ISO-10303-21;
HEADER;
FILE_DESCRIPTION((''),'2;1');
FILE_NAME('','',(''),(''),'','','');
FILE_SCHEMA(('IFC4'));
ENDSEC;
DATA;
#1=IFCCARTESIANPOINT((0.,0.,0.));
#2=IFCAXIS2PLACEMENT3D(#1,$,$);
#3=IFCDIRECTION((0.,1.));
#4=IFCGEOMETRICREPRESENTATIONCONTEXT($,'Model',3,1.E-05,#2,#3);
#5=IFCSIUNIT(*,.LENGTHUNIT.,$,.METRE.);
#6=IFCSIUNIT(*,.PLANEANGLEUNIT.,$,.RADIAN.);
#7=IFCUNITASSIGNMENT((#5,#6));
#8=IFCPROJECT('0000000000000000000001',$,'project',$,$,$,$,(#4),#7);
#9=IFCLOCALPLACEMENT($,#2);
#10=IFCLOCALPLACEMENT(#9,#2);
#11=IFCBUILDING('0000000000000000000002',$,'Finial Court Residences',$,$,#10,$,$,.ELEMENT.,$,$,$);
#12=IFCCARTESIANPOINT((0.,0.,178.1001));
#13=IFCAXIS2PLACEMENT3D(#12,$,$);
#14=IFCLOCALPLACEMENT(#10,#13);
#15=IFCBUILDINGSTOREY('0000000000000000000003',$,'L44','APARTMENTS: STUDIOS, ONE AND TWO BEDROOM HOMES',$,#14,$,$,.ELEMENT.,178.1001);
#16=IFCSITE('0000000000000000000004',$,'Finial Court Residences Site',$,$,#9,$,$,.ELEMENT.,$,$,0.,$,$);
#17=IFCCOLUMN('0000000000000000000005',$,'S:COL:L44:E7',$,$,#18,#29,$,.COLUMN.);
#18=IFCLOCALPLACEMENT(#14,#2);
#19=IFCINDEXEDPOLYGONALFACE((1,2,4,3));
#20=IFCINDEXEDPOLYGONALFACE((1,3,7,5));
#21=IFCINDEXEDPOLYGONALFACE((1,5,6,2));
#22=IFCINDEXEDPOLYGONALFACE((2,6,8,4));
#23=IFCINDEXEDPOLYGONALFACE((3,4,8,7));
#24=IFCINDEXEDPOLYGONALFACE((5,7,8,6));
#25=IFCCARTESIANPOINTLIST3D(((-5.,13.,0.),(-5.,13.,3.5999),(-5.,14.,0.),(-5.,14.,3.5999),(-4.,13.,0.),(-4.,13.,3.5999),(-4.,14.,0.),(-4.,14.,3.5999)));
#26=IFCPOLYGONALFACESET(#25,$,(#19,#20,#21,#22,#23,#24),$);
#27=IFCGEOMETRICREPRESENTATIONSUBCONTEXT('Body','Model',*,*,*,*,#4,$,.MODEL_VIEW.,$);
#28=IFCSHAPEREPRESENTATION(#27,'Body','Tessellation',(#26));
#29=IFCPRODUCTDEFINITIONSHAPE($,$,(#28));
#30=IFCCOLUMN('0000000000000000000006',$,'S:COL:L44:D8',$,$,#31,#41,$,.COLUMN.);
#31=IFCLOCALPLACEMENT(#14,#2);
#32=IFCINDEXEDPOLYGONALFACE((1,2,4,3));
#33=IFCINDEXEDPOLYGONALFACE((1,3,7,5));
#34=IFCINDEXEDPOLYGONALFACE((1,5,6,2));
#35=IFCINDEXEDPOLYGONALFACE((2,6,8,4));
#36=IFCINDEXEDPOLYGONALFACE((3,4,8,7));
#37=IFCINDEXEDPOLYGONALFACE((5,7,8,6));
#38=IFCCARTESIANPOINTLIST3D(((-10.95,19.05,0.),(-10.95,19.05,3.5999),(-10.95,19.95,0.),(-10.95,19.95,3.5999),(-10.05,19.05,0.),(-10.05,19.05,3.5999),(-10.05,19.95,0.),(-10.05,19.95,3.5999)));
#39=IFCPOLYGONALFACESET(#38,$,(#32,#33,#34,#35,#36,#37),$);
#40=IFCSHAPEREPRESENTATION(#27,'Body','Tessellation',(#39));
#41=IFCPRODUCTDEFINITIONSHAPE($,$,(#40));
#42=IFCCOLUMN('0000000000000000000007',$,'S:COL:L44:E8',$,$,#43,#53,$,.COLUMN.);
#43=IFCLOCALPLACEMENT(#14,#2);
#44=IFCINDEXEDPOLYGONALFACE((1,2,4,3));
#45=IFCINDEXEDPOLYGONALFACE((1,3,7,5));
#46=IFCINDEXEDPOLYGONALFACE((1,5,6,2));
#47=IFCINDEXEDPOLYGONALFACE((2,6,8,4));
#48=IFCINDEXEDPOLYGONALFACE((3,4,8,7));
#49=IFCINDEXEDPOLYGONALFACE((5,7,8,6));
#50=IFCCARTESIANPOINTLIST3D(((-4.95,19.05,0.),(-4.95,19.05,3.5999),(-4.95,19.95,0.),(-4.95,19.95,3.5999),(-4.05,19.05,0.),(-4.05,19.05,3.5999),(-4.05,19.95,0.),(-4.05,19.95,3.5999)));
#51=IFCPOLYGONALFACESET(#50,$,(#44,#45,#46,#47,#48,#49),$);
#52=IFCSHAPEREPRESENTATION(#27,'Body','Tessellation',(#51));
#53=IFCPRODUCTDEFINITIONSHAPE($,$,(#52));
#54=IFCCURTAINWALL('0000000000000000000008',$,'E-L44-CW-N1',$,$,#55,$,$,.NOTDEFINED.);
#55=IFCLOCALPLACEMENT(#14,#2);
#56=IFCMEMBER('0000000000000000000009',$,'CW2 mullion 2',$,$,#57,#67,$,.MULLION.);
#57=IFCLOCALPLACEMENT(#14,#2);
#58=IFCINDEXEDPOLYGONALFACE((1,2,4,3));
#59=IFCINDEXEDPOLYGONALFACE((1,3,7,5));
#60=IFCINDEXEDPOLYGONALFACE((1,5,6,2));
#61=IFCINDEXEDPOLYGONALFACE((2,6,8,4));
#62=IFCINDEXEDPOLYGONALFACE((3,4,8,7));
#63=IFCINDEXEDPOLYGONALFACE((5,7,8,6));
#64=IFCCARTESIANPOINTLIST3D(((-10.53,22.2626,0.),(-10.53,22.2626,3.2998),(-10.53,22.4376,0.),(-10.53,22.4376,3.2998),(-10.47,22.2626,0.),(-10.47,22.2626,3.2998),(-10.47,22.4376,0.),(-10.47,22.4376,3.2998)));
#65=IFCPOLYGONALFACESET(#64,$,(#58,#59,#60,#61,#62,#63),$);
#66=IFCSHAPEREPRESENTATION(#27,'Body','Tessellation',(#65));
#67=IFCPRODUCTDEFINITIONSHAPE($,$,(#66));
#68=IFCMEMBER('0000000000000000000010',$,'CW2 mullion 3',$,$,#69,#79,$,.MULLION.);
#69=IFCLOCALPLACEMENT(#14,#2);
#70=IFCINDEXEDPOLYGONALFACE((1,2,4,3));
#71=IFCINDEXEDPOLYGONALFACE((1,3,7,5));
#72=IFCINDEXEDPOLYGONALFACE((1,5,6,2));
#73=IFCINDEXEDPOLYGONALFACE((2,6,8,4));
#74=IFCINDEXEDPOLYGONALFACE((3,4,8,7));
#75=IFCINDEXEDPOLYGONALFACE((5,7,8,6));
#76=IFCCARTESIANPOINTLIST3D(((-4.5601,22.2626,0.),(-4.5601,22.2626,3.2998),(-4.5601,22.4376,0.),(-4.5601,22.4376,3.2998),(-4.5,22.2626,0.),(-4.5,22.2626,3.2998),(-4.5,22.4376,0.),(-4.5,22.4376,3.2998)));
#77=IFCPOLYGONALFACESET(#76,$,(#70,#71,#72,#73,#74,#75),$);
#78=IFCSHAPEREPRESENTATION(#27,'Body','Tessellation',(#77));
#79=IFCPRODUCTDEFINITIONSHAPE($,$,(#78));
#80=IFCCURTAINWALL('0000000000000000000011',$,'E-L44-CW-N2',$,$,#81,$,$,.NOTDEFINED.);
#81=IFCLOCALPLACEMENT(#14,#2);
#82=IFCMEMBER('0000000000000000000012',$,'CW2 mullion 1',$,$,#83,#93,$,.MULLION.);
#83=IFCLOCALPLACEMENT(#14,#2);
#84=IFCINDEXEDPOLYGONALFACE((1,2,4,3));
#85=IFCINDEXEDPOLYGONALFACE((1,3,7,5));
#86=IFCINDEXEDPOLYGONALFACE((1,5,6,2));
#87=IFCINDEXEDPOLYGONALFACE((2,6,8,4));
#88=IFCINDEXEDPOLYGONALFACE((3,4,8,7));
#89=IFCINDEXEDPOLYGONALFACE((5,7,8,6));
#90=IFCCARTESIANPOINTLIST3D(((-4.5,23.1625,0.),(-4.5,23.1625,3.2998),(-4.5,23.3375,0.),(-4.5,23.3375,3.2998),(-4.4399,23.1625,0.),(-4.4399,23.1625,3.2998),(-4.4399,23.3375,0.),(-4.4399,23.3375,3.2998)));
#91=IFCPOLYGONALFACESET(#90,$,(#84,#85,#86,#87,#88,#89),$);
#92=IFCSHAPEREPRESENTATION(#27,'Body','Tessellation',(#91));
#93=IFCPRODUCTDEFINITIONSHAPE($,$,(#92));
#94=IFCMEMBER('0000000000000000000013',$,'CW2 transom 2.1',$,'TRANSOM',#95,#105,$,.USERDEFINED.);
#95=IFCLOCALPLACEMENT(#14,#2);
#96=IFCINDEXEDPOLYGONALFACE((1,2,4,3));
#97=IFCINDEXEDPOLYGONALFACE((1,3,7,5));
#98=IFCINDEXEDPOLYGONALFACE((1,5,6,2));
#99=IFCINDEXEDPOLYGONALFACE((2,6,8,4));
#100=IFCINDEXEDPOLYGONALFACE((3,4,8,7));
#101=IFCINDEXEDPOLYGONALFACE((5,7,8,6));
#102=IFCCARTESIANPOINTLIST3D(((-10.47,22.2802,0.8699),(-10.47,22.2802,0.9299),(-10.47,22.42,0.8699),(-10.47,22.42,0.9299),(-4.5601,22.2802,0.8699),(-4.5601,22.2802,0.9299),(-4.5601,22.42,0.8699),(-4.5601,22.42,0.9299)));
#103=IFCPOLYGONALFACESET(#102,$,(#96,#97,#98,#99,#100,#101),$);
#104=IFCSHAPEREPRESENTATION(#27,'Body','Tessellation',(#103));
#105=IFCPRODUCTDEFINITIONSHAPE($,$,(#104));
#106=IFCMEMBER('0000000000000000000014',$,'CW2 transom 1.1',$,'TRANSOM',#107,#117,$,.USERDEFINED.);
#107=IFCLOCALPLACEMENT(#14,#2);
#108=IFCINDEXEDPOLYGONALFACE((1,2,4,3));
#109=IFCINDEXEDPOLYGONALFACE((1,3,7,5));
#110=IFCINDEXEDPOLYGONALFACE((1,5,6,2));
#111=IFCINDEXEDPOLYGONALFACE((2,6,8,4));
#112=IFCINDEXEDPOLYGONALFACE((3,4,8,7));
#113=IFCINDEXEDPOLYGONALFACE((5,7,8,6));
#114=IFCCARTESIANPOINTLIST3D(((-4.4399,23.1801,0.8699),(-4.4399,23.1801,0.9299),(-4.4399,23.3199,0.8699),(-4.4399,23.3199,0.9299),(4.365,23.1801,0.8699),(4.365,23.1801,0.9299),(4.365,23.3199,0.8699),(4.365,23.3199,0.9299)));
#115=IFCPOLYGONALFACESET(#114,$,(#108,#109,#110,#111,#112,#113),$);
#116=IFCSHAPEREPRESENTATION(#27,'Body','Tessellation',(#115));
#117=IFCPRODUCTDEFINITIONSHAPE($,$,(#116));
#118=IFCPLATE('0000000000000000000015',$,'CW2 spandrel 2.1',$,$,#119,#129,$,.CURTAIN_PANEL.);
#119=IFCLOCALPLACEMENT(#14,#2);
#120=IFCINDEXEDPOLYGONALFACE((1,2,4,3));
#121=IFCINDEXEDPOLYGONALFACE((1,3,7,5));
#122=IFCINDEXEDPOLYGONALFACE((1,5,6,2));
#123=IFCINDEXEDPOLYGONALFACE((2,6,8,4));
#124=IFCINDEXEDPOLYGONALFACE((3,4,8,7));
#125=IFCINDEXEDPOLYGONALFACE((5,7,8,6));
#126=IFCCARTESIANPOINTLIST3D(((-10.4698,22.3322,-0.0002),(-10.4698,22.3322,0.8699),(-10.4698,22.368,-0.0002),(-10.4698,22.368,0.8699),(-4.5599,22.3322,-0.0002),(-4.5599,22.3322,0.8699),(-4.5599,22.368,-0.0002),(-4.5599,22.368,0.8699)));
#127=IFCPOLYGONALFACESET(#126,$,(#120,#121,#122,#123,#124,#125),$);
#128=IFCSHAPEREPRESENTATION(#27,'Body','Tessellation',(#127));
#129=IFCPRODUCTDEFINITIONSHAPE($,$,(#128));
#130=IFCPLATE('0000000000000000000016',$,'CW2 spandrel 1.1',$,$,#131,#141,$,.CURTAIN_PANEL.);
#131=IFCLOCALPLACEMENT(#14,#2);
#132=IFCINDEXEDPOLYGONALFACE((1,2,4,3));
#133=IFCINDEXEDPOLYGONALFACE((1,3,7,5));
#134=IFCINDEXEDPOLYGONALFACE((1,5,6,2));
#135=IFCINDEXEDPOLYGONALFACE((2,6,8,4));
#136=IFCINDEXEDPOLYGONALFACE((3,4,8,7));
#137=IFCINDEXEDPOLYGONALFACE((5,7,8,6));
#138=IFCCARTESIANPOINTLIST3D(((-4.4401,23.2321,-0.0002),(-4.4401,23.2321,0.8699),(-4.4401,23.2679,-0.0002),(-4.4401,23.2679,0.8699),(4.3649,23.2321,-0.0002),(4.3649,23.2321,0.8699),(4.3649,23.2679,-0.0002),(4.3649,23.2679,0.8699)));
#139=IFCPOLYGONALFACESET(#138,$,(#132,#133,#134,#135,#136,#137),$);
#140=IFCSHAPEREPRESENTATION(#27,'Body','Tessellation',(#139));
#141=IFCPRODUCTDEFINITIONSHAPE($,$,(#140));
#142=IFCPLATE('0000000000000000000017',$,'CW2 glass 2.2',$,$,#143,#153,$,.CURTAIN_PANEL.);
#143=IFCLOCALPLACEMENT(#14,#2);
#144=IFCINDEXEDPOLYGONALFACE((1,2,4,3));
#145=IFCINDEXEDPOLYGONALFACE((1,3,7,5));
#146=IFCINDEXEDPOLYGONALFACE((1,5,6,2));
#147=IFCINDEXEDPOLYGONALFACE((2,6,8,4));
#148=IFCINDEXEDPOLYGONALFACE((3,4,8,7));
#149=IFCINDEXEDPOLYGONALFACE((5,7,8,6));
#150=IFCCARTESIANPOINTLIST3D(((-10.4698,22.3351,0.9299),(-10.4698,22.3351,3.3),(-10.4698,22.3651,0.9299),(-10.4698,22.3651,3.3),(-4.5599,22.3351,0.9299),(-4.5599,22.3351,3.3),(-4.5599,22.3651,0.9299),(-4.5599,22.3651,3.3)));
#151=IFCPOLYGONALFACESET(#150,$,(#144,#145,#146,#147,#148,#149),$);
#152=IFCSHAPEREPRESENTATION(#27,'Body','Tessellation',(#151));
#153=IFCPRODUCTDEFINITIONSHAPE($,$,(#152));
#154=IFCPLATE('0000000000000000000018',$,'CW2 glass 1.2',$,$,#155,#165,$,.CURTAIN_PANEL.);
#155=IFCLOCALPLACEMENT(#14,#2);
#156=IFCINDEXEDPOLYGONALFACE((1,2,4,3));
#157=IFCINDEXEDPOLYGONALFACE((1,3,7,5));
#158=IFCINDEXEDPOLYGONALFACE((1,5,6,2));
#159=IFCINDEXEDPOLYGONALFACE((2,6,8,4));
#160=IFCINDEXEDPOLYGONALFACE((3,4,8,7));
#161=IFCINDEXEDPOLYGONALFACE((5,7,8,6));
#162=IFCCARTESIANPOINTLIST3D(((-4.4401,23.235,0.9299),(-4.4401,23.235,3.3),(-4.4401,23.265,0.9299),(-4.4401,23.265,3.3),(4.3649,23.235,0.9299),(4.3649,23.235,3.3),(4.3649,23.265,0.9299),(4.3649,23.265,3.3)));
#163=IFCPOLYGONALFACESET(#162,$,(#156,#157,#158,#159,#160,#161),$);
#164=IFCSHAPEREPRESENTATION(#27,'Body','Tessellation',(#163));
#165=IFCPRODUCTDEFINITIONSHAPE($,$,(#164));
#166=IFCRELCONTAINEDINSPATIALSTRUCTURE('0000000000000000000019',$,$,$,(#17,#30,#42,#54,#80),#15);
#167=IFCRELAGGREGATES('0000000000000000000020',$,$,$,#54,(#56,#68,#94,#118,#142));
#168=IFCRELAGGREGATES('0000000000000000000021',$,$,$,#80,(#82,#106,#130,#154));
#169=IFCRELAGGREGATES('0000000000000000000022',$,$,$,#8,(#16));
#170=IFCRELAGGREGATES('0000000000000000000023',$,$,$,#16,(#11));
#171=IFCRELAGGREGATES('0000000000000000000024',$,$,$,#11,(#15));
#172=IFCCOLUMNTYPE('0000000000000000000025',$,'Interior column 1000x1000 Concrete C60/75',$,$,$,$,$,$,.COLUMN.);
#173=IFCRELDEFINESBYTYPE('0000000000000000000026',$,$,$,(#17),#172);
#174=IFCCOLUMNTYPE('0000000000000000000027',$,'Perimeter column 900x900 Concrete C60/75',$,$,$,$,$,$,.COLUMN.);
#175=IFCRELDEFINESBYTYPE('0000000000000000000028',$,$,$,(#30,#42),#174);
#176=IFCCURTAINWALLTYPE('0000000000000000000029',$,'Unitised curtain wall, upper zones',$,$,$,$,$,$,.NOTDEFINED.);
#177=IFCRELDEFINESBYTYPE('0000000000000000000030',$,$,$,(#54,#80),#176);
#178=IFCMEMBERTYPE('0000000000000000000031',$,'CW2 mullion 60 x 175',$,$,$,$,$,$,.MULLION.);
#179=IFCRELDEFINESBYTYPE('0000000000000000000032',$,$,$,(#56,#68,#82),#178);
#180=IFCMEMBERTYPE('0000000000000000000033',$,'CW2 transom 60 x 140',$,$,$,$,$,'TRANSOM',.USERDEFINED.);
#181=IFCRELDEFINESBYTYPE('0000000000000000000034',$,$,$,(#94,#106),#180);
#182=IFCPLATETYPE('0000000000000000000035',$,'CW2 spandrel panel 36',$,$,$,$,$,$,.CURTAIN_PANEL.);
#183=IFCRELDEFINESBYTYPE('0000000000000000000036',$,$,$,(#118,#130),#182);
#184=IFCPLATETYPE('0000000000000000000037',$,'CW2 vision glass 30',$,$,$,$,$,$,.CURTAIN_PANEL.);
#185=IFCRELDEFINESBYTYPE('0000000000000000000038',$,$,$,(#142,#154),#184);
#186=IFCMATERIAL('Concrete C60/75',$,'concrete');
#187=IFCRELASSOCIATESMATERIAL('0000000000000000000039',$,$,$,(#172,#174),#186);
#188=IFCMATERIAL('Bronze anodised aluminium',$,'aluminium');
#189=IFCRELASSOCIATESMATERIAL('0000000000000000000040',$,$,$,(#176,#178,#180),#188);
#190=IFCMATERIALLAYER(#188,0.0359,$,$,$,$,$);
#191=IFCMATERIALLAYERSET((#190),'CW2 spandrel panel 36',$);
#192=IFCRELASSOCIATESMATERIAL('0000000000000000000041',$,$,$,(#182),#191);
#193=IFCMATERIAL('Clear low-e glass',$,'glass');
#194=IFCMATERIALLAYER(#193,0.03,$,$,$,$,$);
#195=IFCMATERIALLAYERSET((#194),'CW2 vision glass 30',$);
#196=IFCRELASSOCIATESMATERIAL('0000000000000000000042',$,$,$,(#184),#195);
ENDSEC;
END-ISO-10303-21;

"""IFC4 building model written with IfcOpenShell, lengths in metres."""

from ifc_helpers import new_model, si_unit, direction, frame, origin, origin_2d, place, context, subcontext, project, spatial, rectangle, extrude, material, layer, layer_set, material_profile, profile_set, type_object, element, aggregate, save


model = new_model("IFC4")

# Units and contexts
model_context = context("Model", 3, precision=1e-05, world=origin(), true_north=direction((0.0, 1.0)))
body_context = subcontext(model_context, "Body", "Model", "MODEL_VIEW")
ifc_project = project(units=[si_unit("LENGTHUNIT", "METRE"), si_unit("PLANEANGLEUNIT", "RADIAN")], contexts=[model_context])

# Site, building, storey
site_placement = place(None, origin())
site = spatial("IfcSite", under=ifc_project, at=site_placement, Name="Finial Court Residences Site", CompositionType="ELEMENT", RefElevation=0.0)
building_placement = place(site_placement, origin())
building = spatial("IfcBuilding", under=site, at=building_placement, Name="Finial Court Residences", CompositionType="ELEMENT")
storey_placement = place(building_placement, frame((0.0, 0.0, 178.1001)))
storey = spatial("IfcBuildingStorey", under=building, at=storey_placement, Name="L44", Description="APARTMENTS: STUDIOS, ONE AND TWO BEDROOM HOMES", CompositionType="ELEMENT", Elevation=178.1001)

# Columns
ifc_material_1 = material(Name="Concrete C60/75", Category="concrete")
ifc_material_profile_1 = material_profile(ifc_material_1, rectangle(XDim=1.0, YDim=1.0, at=origin_2d()), Name="1000x1000")
ifc_profile_set_1 = profile_set([ifc_material_profile_1], Name="Concrete C60/75")
column_type_1 = type_object("IfcColumnType", Name="Interior column 1000x1000 Concrete C60/75", PredefinedType="COLUMN", material=ifc_profile_set_1)
column_placement = place(storey_placement, frame((-4.5, 13.5, 0.0), z_axis=(0.0, 0.0, 1.0), x_axis=(1.0, 0.0, 0.0)))
element("IfcColumn", 1, at=column_placement, inside=storey, type_object=column_type_1, Name="S:COL:L44:E7", PredefinedType="COLUMN", context=body_context, shape_type="SweptSolid", body=[
    extrude(rectangle(XDim=1.0, YDim=1.0, at=origin_2d()), origin(), (0.0, 0.0, 1.0), 3.5999),
])
ifc_material_profile_2 = material_profile(ifc_material_1, rectangle(XDim=0.8999, YDim=0.8999, at=origin_2d()), Name="900x900")
ifc_profile_set_2 = profile_set([ifc_material_profile_2], Name="Concrete C60/75")
column_type_2 = type_object("IfcColumnType", Name="Perimeter column 900x900 Concrete C60/75", PredefinedType="COLUMN", material=ifc_profile_set_2)
for number, where, z_axis, x_axis, name in (
    (2, (-10.5, 19.5, 0.0), (0.0, 0.0, 1.0), (1.0, 0.0, 0.0), "S:COL:L44:D8"),
    (3, (-4.5, 19.5, 0.0), (0.0, 0.0, 1.0), (1.0, 0.0, 0.0), "S:COL:L44:E8"),
):
    element("IfcColumn", number, at=place(storey_placement, frame(where, z_axis=z_axis, x_axis=x_axis)), inside=storey, type_object=column_type_2, Name=name, PredefinedType="COLUMN", context=body_context, shape_type="SweptSolid", body=[
        extrude(rectangle(XDim=0.8999, YDim=0.8999, at=origin_2d()), origin(), (0.0, 0.0, 1.0), 3.5999),
    ])

# Curtain wall, members
ifc_material_2 = material(Name="Bronze anodised aluminium", Category="aluminium")
curtain_wall_type = type_object("IfcCurtainWallType", Name="Unitised curtain wall, upper zones", PredefinedType="NOTDEFINED", material=ifc_material_2)
curtain_wall_1_placement = place(storey_placement, origin())
curtain_wall_1 = element("IfcCurtainWall", 4, at=curtain_wall_1_placement, inside=storey, type_object=curtain_wall_type, Name="E-L44-CW-N1", PredefinedType="NOTDEFINED")
ifc_material_profile_3 = material_profile(ifc_material_2, rectangle(XDim=0.175, YDim=0.0601, at=origin_2d()), Name="CW2 mullion 60 x 175")
ifc_profile_set_3 = profile_set([ifc_material_profile_3], Name="Bronze anodised aluminium")
member_type_1 = type_object("IfcMemberType", Name="CW2 mullion 60 x 175", PredefinedType="MULLION", material=ifc_profile_set_3)
member_1_placement = place(storey_placement, frame((-10.5, 22.3501, 0.0), z_axis=(0.0, 0.0, 1.0), x_axis=(0.0, 1.0, 0.0)))
member_1 = element("IfcMember", 5, at=member_1_placement, type_object=member_type_1, Name="CW2 mullion 2", PredefinedType="MULLION", context=body_context, shape_type="SweptSolid", body=[
    extrude(rectangle(XDim=0.175, YDim=0.0601, at=origin_2d()), origin(), (0.0, 0.0, 1.0), 3.2998),
])
member_2_placement = place(storey_placement, frame((-4.53, 22.3501, 0.0), z_axis=(0.0, 0.0, 1.0), x_axis=(0.0, 1.0, 0.0)))
member_2 = element("IfcMember", 6, at=member_2_placement, type_object=member_type_1, Name="CW2 mullion 3", PredefinedType="MULLION", context=body_context, shape_type="SweptSolid", body=[
    extrude(rectangle(XDim=0.175, YDim=0.0601, at=origin_2d()), origin(), (0.0, 0.0, 1.0), 3.2998),
])

# Curtain wall, member
curtain_wall_2_placement = place(storey_placement, origin())
curtain_wall_2 = element("IfcCurtainWall", 7, at=curtain_wall_2_placement, inside=storey, type_object=curtain_wall_type, Name="E-L44-CW-N2", PredefinedType="NOTDEFINED")
member_3_placement = place(storey_placement, frame((-4.47, 23.25, 0.0), z_axis=(0.0, 0.0, 1.0), x_axis=(0.0, 1.0, 0.0)))
member_3 = element("IfcMember", 8, at=member_3_placement, type_object=member_type_1, Name="CW2 mullion 1", PredefinedType="MULLION", context=body_context, shape_type="SweptSolid", body=[
    extrude(rectangle(XDim=0.175, YDim=0.0601, at=origin_2d()), origin(), (0.0, 0.0, 1.0), 3.2998),
])

# Members
ifc_material_profile_4 = material_profile(ifc_material_2, rectangle(XDim=0.1399, YDim=0.0601, at=origin_2d()), Name="CW2 transom 60 x 140")
ifc_profile_set_4 = profile_set([ifc_material_profile_4], Name="Bronze anodised aluminium")
member_type_2 = type_object("IfcMemberType", Name="CW2 transom 60 x 140", ElementType="TRANSOM", PredefinedType="USERDEFINED", material=ifc_profile_set_4)
member_4_placement = place(storey_placement, frame((-10.47, 22.3501, 0.8999), z_axis=(1.0, 0.0, 0.0), x_axis=(0.0, 1.0, 0.0)))
member_4 = element("IfcMember", 9, at=member_4_placement, type_object=member_type_2, Name="CW2 transom 2.1", ObjectType="TRANSOM", PredefinedType="USERDEFINED", context=body_context, shape_type="SweptSolid", body=[
    extrude(rectangle(XDim=0.1399, YDim=0.0601, at=origin_2d()), origin(), (0.0, 0.0, 1.0), 5.9099),
])
member_5_placement = place(storey_placement, frame((-4.4399, 23.25, 0.8999), z_axis=(1.0, 0.0, 0.0), x_axis=(0.0, 1.0, 0.0)))
member_5 = element("IfcMember", 10, at=member_5_placement, type_object=member_type_2, Name="CW2 transom 1.1", ObjectType="TRANSOM", PredefinedType="USERDEFINED", context=body_context, shape_type="SweptSolid", body=[
    extrude(rectangle(XDim=0.1399, YDim=0.0601, at=origin_2d()), origin(), (0.0, 0.0, 1.0), 8.8049),
])

# Plates
ifc_layer_1 = layer(ifc_material_2, 0.0359)
ifc_layer_set_1 = layer_set([ifc_layer_1], Name="CW2 spandrel panel 36")
plate_type_1 = type_object("IfcPlateType", Name="CW2 spandrel panel 36", PredefinedType="CURTAIN_PANEL", material=ifc_layer_set_1)
plate_1_placement = place(storey_placement, frame((-7.5149, 22.3501, -0.0002), z_axis=(0.0, 0.0, 1.0), x_axis=(1.0, 0.0, 0.0)))
plate_1 = element("IfcPlate", 11, at=plate_1_placement, type_object=plate_type_1, Name="CW2 spandrel 2.1", PredefinedType="CURTAIN_PANEL", context=body_context, shape_type="SweptSolid", body=[
    extrude(rectangle(XDim=5.9099, YDim=0.0359, at=origin_2d()), origin(), (0.0, 0.0, 1.0), 0.8701),
])
plate_2_placement = place(storey_placement, frame((-0.0376, 23.25, -0.0002), z_axis=(0.0, 0.0, 1.0), x_axis=(1.0, 0.0, 0.0)))
plate_2 = element("IfcPlate", 12, at=plate_2_placement, type_object=plate_type_1, Name="CW2 spandrel 1.1", PredefinedType="CURTAIN_PANEL", context=body_context, shape_type="SweptSolid", body=[
    extrude(rectangle(XDim=8.8049, YDim=0.0359, at=origin_2d()), origin(), (0.0, 0.0, 1.0), 0.8701),
])
ifc_material_3 = material(Name="Clear low-e glass", Category="glass")
ifc_layer_2 = layer(ifc_material_3, 0.03)
ifc_layer_set_2 = layer_set([ifc_layer_2], Name="CW2 vision glass 30")
plate_type_2 = type_object("IfcPlateType", Name="CW2 vision glass 30", PredefinedType="CURTAIN_PANEL", material=ifc_layer_set_2)
plate_3_placement = place(storey_placement, frame((-7.5149, 22.3501, 0.9299), z_axis=(0.0, 0.0, 1.0), x_axis=(1.0, 0.0, 0.0)))
plate_3 = element("IfcPlate", 13, at=plate_3_placement, type_object=plate_type_2, Name="CW2 glass 2.2", PredefinedType="CURTAIN_PANEL", context=body_context, shape_type="SweptSolid", body=[
    extrude(rectangle(XDim=5.9099, YDim=0.03, at=origin_2d()), origin(), (0.0, 0.0, 1.0), 2.3701),
])
aggregate(curtain_wall_1, [member_1, member_2, member_4, plate_1, plate_3])
plate_4_placement = place(storey_placement, frame((-0.0376, 23.25, 0.9299), z_axis=(0.0, 0.0, 1.0), x_axis=(1.0, 0.0, 0.0)))
plate_4 = element("IfcPlate", 14, at=plate_4_placement, type_object=plate_type_2, Name="CW2 glass 1.2", PredefinedType="CURTAIN_PANEL", context=body_context, shape_type="SweptSolid", body=[
    extrude(rectangle(XDim=8.8049, YDim=0.03, at=origin_2d()), origin(), (0.0, 0.0, 1.0), 2.3701),
])
aggregate(curtain_wall_2, [member_3, member_5, plate_2, plate_4])

save(model, "model.ifc")
